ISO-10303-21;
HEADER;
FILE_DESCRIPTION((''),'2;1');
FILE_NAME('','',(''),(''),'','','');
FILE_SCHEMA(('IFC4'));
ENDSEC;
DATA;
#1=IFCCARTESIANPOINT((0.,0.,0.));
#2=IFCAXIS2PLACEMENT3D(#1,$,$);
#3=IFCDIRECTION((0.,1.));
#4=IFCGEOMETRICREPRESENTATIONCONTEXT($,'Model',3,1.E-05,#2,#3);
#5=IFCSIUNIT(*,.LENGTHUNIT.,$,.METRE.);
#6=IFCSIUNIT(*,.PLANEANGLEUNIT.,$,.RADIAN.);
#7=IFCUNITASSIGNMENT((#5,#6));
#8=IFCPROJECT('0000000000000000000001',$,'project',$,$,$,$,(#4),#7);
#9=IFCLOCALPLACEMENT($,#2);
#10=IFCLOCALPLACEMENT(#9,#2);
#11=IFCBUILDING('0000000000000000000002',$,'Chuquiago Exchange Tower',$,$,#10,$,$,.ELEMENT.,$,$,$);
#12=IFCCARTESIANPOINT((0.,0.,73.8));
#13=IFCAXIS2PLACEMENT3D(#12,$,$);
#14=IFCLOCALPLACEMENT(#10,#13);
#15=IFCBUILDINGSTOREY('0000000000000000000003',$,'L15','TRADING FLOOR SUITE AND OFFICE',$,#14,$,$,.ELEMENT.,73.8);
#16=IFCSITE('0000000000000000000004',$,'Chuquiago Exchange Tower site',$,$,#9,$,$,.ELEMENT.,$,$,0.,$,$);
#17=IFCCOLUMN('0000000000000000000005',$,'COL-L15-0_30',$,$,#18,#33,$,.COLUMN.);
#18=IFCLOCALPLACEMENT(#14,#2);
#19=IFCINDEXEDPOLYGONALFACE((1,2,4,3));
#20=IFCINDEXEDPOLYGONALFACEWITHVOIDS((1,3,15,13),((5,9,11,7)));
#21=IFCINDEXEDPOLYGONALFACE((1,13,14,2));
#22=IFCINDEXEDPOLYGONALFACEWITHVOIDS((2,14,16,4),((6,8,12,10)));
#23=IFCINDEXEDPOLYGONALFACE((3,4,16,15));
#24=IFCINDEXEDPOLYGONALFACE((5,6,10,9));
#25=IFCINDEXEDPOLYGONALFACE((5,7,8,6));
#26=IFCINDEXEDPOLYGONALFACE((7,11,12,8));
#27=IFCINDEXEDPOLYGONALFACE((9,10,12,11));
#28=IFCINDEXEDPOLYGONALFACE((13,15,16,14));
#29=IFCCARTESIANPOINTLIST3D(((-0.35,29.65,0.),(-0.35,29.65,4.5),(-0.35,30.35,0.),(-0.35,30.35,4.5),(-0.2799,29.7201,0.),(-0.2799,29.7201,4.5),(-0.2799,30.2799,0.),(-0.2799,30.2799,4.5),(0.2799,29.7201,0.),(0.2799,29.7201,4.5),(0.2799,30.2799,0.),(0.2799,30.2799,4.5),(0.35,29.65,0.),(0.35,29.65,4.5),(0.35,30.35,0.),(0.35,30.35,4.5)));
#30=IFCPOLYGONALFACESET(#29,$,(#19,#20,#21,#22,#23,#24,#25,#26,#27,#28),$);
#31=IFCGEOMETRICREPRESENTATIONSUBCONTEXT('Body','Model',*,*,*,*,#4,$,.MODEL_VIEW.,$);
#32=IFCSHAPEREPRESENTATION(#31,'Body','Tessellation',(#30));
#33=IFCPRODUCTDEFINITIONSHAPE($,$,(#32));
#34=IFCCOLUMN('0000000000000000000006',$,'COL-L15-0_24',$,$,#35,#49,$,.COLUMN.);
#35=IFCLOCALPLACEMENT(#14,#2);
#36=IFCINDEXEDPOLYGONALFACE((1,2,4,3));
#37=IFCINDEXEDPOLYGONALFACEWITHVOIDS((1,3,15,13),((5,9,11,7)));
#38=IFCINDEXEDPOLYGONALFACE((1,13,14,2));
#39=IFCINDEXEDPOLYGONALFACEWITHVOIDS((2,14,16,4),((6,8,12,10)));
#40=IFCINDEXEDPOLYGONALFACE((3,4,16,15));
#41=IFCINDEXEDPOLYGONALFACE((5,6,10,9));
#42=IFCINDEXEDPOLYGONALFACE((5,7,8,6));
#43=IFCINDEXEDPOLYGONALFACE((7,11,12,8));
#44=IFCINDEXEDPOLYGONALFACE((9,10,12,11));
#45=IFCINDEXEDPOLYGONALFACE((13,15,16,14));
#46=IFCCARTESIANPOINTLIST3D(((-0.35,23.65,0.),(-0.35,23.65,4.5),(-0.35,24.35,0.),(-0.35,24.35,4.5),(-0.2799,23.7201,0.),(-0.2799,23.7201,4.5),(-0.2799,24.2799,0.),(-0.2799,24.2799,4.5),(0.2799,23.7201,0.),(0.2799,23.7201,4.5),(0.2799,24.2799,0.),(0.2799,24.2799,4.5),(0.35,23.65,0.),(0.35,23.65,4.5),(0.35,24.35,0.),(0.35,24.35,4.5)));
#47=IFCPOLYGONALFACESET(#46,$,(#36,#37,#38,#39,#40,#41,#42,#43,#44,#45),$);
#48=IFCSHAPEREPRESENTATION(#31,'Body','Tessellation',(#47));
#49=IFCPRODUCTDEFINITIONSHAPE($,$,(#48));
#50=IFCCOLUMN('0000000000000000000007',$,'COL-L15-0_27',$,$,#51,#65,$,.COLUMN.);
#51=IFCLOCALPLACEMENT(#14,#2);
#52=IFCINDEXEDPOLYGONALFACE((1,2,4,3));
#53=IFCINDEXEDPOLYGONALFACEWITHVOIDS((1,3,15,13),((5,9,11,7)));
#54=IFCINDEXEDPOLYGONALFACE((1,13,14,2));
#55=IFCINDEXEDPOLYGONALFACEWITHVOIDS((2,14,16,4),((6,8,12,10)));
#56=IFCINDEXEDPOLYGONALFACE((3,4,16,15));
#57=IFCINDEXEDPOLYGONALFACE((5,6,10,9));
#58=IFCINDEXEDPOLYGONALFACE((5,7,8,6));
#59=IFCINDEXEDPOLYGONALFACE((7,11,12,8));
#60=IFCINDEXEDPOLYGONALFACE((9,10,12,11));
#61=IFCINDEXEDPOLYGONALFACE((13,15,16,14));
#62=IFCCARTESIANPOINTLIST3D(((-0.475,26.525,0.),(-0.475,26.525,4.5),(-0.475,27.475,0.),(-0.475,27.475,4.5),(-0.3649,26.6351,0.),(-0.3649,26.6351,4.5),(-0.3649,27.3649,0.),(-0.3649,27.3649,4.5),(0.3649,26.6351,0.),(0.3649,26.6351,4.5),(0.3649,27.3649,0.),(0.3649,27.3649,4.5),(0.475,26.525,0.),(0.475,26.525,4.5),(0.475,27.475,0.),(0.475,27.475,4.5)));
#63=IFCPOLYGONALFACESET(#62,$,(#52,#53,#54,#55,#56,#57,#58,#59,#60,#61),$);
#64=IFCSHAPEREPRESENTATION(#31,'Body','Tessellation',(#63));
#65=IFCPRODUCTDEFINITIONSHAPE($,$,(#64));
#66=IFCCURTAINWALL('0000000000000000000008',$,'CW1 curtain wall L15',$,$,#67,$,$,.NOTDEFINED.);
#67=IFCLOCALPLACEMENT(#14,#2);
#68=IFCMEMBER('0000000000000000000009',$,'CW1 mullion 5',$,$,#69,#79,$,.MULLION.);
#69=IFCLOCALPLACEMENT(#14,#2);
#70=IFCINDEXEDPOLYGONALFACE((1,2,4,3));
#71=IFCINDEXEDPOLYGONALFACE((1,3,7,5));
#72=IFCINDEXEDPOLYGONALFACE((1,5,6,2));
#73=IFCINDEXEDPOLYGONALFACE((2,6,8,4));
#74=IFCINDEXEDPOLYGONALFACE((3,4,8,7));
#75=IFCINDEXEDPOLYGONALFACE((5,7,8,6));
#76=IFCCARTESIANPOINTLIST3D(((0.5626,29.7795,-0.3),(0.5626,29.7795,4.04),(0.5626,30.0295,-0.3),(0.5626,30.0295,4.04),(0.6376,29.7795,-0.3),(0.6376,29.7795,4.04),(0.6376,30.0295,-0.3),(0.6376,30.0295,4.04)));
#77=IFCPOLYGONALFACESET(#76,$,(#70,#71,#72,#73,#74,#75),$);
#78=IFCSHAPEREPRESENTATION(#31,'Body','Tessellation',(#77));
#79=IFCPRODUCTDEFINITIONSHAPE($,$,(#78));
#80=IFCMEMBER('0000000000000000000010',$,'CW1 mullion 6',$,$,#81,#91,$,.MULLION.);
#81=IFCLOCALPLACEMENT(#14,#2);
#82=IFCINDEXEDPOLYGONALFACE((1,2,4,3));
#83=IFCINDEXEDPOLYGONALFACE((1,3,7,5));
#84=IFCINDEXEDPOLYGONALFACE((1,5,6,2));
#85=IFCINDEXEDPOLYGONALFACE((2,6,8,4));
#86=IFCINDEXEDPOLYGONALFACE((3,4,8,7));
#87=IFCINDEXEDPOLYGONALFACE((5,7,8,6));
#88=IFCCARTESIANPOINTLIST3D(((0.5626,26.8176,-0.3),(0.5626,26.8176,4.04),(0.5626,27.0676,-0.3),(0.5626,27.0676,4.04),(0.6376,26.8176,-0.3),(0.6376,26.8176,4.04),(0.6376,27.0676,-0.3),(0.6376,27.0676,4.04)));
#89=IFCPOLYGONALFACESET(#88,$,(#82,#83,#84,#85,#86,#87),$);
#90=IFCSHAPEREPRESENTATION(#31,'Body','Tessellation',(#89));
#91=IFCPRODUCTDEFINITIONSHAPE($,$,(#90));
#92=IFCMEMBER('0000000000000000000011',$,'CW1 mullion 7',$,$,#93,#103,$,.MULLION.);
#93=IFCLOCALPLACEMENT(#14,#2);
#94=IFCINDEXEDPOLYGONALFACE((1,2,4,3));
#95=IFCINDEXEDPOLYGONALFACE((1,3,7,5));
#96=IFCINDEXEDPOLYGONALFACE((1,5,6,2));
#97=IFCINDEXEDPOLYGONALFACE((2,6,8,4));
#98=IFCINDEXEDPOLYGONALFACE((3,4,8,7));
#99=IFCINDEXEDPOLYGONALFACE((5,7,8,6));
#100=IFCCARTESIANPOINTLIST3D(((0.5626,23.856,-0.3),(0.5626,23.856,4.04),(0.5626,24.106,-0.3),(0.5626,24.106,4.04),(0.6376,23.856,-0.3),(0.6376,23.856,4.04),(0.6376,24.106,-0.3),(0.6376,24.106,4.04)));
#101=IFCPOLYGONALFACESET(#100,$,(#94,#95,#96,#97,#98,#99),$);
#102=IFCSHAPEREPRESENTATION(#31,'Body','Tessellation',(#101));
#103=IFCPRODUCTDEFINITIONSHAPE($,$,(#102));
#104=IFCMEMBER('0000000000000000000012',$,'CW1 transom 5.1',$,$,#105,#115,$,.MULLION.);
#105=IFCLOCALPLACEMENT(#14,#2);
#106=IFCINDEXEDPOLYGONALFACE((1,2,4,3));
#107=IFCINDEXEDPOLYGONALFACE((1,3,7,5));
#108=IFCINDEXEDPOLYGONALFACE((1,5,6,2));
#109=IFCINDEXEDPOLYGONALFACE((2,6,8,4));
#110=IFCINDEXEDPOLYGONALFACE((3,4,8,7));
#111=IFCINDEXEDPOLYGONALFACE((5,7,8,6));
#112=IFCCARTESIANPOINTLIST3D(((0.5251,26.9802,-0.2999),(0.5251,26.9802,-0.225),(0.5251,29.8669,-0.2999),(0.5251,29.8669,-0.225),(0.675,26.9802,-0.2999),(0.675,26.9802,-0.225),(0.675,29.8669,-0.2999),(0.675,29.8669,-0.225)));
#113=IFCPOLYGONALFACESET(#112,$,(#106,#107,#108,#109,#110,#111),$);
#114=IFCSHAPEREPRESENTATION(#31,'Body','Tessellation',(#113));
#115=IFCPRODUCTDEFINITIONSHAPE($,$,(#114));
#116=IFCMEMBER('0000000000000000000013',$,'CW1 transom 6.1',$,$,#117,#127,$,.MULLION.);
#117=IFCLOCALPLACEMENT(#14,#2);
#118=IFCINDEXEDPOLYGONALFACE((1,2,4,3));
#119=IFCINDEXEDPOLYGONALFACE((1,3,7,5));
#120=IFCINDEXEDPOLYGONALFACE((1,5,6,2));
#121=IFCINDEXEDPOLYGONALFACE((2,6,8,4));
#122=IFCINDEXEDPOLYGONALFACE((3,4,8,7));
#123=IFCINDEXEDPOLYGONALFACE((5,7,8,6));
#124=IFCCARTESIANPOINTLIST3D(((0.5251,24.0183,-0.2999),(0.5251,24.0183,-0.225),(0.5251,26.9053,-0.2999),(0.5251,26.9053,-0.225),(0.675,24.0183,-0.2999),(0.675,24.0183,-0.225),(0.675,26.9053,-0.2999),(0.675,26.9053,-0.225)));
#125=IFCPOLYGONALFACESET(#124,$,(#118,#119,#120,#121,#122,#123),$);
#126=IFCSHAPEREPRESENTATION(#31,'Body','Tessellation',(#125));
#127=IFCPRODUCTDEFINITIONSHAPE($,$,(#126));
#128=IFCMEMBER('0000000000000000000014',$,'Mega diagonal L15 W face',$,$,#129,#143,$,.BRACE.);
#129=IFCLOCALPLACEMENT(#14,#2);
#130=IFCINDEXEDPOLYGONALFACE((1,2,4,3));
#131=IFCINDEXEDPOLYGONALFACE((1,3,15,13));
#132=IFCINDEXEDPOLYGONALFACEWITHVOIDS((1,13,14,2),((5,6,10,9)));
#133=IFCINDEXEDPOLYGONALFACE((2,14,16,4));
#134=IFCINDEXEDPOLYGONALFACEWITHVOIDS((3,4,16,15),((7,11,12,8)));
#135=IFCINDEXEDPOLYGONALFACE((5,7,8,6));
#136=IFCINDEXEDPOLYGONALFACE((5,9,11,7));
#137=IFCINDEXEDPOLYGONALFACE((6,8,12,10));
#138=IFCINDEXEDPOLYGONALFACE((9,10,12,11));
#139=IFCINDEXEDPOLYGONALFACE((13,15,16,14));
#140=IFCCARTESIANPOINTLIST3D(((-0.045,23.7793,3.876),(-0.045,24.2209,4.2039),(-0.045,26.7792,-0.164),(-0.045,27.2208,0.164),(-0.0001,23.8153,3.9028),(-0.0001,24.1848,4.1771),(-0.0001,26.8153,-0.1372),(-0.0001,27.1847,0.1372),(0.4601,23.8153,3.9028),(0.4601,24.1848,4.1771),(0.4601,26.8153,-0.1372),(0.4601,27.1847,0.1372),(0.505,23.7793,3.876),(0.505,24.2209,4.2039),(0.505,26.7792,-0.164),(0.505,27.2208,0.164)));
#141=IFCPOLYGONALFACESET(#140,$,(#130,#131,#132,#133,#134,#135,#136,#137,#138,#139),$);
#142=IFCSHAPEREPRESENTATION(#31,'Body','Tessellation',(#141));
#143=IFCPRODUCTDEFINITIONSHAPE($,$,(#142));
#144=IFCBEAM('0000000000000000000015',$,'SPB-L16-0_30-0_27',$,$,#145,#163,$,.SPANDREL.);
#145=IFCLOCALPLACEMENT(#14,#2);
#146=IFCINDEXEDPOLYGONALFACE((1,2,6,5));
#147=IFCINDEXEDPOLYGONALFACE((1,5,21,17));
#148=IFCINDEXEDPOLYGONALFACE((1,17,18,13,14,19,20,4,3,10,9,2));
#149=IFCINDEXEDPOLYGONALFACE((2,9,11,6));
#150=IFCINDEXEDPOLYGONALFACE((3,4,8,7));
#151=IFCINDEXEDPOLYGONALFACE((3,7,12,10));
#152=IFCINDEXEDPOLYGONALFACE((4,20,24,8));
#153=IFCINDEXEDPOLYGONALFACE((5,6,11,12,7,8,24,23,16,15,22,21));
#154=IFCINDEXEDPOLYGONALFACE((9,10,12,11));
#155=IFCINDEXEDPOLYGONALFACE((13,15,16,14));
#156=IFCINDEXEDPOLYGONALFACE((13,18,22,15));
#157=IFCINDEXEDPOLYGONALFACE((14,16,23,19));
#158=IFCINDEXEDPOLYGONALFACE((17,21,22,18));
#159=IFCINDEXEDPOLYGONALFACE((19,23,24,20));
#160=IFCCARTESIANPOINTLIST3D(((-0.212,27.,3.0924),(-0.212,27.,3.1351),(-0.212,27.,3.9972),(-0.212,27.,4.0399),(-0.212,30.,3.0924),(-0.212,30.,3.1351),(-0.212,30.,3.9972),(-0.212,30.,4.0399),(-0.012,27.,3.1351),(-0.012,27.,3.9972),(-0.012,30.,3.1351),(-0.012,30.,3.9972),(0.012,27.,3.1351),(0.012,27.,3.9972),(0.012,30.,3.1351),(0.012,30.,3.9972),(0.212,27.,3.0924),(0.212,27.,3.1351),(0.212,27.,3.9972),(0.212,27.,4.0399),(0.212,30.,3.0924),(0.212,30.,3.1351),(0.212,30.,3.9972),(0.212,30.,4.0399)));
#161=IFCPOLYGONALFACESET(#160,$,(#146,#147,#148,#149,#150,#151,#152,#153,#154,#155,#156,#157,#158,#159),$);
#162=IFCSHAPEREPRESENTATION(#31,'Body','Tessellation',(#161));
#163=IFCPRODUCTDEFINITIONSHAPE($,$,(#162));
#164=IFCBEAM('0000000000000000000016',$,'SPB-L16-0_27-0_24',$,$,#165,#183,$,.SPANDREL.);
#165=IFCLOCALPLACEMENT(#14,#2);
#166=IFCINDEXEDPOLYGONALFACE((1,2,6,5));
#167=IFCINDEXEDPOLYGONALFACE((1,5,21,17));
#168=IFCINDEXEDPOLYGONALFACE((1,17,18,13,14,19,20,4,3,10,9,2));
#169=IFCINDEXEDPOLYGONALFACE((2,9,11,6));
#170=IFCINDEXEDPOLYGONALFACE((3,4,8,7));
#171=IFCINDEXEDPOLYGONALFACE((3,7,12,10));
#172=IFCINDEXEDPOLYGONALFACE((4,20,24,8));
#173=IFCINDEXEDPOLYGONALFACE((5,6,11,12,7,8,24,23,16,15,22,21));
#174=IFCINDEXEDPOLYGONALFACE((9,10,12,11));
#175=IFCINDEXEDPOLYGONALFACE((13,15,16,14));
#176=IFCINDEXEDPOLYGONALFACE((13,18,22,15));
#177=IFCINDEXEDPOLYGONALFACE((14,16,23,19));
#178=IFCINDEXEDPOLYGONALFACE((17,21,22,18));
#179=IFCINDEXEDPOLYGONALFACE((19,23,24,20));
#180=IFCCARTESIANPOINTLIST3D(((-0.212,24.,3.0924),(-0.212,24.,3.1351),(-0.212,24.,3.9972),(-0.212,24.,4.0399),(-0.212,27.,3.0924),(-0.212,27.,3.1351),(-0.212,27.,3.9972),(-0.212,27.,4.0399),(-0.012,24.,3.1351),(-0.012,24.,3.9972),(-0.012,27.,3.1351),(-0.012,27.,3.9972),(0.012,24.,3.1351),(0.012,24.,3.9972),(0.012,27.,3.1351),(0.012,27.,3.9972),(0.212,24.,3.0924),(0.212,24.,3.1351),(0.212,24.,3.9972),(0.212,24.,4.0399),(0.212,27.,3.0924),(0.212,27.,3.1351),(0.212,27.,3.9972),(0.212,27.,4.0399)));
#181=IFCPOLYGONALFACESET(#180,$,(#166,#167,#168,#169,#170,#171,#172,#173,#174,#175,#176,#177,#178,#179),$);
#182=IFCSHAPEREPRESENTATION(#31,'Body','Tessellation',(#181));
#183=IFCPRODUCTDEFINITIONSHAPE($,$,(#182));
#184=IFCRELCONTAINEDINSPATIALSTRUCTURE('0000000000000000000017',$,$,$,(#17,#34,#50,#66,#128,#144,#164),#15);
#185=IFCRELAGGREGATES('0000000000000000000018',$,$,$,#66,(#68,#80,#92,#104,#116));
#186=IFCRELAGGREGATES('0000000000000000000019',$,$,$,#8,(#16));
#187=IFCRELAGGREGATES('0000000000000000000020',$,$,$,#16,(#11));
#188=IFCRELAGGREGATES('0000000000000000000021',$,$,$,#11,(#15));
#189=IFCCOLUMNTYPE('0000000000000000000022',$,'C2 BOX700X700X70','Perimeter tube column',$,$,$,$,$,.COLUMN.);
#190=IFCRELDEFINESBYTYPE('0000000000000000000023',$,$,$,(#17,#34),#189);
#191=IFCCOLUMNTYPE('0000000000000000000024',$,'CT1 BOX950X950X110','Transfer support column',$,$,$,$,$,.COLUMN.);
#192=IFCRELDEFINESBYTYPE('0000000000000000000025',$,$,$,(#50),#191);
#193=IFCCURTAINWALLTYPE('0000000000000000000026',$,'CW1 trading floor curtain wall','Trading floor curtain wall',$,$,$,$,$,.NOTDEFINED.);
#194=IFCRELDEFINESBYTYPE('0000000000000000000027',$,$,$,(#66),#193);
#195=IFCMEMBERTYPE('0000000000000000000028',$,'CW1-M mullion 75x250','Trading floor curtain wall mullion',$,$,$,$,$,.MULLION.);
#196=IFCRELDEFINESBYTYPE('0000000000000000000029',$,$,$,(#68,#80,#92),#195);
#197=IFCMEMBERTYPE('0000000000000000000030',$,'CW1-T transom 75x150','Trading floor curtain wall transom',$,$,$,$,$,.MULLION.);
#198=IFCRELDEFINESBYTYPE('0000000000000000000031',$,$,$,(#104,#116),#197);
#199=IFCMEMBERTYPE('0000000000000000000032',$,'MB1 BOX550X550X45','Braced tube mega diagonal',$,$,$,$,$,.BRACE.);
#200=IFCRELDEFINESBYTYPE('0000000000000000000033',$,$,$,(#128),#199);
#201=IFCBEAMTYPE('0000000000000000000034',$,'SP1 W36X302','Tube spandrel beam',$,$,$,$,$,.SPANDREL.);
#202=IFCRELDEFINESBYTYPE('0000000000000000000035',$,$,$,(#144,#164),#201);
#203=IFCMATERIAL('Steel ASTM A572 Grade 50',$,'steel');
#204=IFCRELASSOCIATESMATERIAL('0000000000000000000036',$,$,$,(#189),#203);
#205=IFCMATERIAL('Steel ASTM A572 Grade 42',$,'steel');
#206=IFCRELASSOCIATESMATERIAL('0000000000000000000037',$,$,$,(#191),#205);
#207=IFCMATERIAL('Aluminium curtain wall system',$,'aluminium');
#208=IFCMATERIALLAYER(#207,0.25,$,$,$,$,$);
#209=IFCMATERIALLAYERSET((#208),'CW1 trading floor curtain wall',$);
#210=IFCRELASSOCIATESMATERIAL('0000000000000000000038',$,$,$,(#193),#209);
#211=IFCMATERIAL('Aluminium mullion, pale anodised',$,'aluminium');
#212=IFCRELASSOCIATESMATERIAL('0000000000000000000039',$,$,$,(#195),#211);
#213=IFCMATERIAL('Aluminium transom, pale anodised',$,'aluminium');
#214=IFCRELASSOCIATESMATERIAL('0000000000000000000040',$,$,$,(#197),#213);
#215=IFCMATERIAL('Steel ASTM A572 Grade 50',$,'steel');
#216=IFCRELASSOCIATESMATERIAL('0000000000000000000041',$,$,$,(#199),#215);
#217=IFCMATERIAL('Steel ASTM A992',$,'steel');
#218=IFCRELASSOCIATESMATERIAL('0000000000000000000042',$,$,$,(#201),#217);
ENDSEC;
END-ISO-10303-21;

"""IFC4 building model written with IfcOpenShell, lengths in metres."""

from ifc_helpers import new_model, si_unit, direction, frame, origin, origin_2d, place, context, subcontext, project, spatial, rectangle, hollow_rectangle, i_section, extrude, material, layer, layer_set, material_profile, profile_set, type_object, element, aggregate, save


model = new_model("IFC4")

# Units and contexts
model_context = context("Model", 3, precision=1e-05, world=origin(), true_north=direction((0.0, 1.0)))
body_context = subcontext(model_context, "Body", "Model", "MODEL_VIEW")
ifc_project = project(units=[si_unit("LENGTHUNIT", "METRE"), si_unit("PLANEANGLEUNIT", "RADIAN")], contexts=[model_context])

# Site, building, storey
site_placement = place(None, origin())
site = spatial("IfcSite", under=ifc_project, at=site_placement, Name="Chuquiago Exchange Tower site", CompositionType="ELEMENT", RefElevation=0.0)
building_placement = place(site_placement, origin())
building = spatial("IfcBuilding", under=site, at=building_placement, Name="Chuquiago Exchange Tower", CompositionType="ELEMENT")
storey_placement = place(building_placement, frame((0.0, 0.0, 73.8)))
storey = spatial("IfcBuildingStorey", under=building, at=storey_placement, Name="L15", Description="TRADING FLOOR SUITE AND OFFICE", CompositionType="ELEMENT", Elevation=73.8)

# Columns
ifc_material_1 = material(Name="Steel ASTM A572 Grade 50", Category="steel")
ifc_material_profile_1 = material_profile(ifc_material_1, hollow_rectangle(XDim=0.7, YDim=0.7, WallThickness=0.0701, at=origin_2d()), Name="BOX700X700X70")
ifc_profile_set_1 = profile_set([ifc_material_profile_1], Name="Steel ASTM A572 Grade 50")
column_type_1 = type_object("IfcColumnType", Name="C2 BOX700X700X70", Description="Perimeter tube column", PredefinedType="COLUMN", material=ifc_profile_set_1)
for number, where, z_axis, x_axis, name in (
    (1, (0.0, 30.0, 0.0), (0.0, 0.0, 1.0), (-1.0, 0.0, 0.0), "COL-L15-0_30"),
    (2, (0.0, 24.0, 0.0), (0.0, 0.0, 1.0), (-1.0, 0.0, 0.0), "COL-L15-0_24"),
):
    element("IfcColumn", number, at=place(storey_placement, frame(where, z_axis=z_axis, x_axis=x_axis)), inside=storey, type_object=column_type_1, Name=name, PredefinedType="COLUMN", context=body_context, shape_type="SweptSolid", body=[
        extrude(hollow_rectangle(XDim=0.7, YDim=0.7, WallThickness=0.0701, at=origin_2d()), origin(), (0.0, 0.0, 1.0), 4.5),
    ])
ifc_material_2 = material(Name="Steel ASTM A572 Grade 42", Category="steel")
ifc_material_profile_2 = material_profile(ifc_material_2, hollow_rectangle(XDim=0.95, YDim=0.95, WallThickness=0.1101, at=origin_2d()), Name="BOX950X950X110")
ifc_profile_set_2 = profile_set([ifc_material_profile_2], Name="Steel ASTM A572 Grade 42")
column_type_2 = type_object("IfcColumnType", Name="CT1 BOX950X950X110", Description="Transfer support column", PredefinedType="COLUMN", material=ifc_profile_set_2)
column_placement = place(storey_placement, frame((0.0, 27.0, 0.0), z_axis=(0.0, 0.0, 1.0), x_axis=(-1.0, 0.0, 0.0)))
element("IfcColumn", 3, at=column_placement, inside=storey, type_object=column_type_2, Name="COL-L15-0_27", PredefinedType="COLUMN", context=body_context, shape_type="SweptSolid", body=[
    extrude(hollow_rectangle(XDim=0.95, YDim=0.95, WallThickness=0.1101, at=origin_2d()), origin(), (0.0, 0.0, 1.0), 4.5),
])

# Curtain wall, members
ifc_material_3 = material(Name="Aluminium curtain wall system", Category="aluminium")
ifc_layer_1 = layer(ifc_material_3, 0.25)
ifc_layer_set_1 = layer_set([ifc_layer_1], Name="CW1 trading floor curtain wall")
curtain_wall_type = type_object("IfcCurtainWallType", Name="CW1 trading floor curtain wall", Description="Trading floor curtain wall", PredefinedType="NOTDEFINED", material=ifc_layer_set_1)
curtain_wall_placement = place(storey_placement, origin())
curtain_wall = element("IfcCurtainWall", 4, at=curtain_wall_placement, inside=storey, type_object=curtain_wall_type, Name="CW1 curtain wall L15", PredefinedType="NOTDEFINED")
ifc_material_4 = material(Name="Aluminium mullion, pale anodised", Category="aluminium")
ifc_material_profile_3 = material_profile(ifc_material_4, rectangle(XDim=0.075, YDim=0.25, at=origin_2d()), Name="AL 75x250")
ifc_profile_set_3 = profile_set([ifc_material_profile_3], Name="Aluminium mullion, pale anodised")
member_type_1 = type_object("IfcMemberType", Name="CW1-M mullion 75x250", Description="Trading floor curtain wall mullion", PredefinedType="MULLION", material=ifc_profile_set_3)
member_1_placement = place(storey_placement, frame((0.6001, 29.9045, -0.3), z_axis=(0.0, 0.0, 1.0), x_axis=(1.0, 0.0, 0.0)))
member_1 = element("IfcMember", 5, at=member_1_placement, type_object=member_type_1, Name="CW1 mullion 5", PredefinedType="MULLION", context=body_context, shape_type="SweptSolid", body=[
    extrude(rectangle(XDim=0.075, YDim=0.25, at=origin_2d()), origin(), (0.0, 0.0, 1.0), 4.3401),
])
member_2_placement = place(storey_placement, frame((0.6001, 26.9426, -0.3), z_axis=(0.0, 0.0, 1.0), x_axis=(1.0, 0.0, 0.0)))
member_2 = element("IfcMember", 6, at=member_2_placement, type_object=member_type_1, Name="CW1 mullion 6", PredefinedType="MULLION", context=body_context, shape_type="SweptSolid", body=[
    extrude(rectangle(XDim=0.075, YDim=0.25, at=origin_2d()), origin(), (0.0, 0.0, 1.0), 4.3401),
])
member_3_placement = place(storey_placement, frame((0.6001, 23.981, -0.3), z_axis=(0.0, 0.0, 1.0), x_axis=(1.0, 0.0, 0.0)))
member_3 = element("IfcMember", 7, at=member_3_placement, type_object=member_type_1, Name="CW1 mullion 7", PredefinedType="MULLION", context=body_context, shape_type="SweptSolid", body=[
    extrude(rectangle(XDim=0.075, YDim=0.25, at=origin_2d()), origin(), (0.0, 0.0, 1.0), 4.3401),
])
ifc_material_5 = material(Name="Aluminium transom, pale anodised", Category="aluminium")
ifc_material_profile_4 = material_profile(ifc_material_5, rectangle(XDim=0.1499, YDim=0.075, at=origin_2d()), Name="AL 150x75")
ifc_profile_set_4 = profile_set([ifc_material_profile_4], Name="Aluminium transom, pale anodised")
member_type_2 = type_object("IfcMemberType", Name="CW1-T transom 75x150", Description="Trading floor curtain wall transom", PredefinedType="MULLION", material=ifc_profile_set_4)
member_4_placement = place(storey_placement, frame((0.6001, 29.8669, -0.2625), z_axis=(0.0, -1.0, 0.0), x_axis=(1.0, 0.0, 0.0)))
member_4 = element("IfcMember", 8, at=member_4_placement, type_object=member_type_2, Name="CW1 transom 5.1", PredefinedType="MULLION", context=body_context, shape_type="SweptSolid", body=[
    extrude(rectangle(XDim=0.1499, YDim=0.075, at=origin_2d()), origin(), (0.0, 0.0, 1.0), 2.8867),
])
member_5_placement = place(storey_placement, frame((0.6001, 26.9053, -0.2625), z_axis=(0.0, -1.0, 0.0), x_axis=(1.0, 0.0, 0.0)))
member_5 = element("IfcMember", 9, at=member_5_placement, type_object=member_type_2, Name="CW1 transom 6.1", PredefinedType="MULLION", context=body_context, shape_type="SweptSolid", body=[
    extrude(rectangle(XDim=0.1499, YDim=0.075, at=origin_2d()), origin(), (0.0, 0.0, 1.0), 2.887),
])

# Member
ifc_material_6 = material(Name="Steel ASTM A572 Grade 50", Category="steel")
ifc_material_profile_5 = material_profile(ifc_material_6, hollow_rectangle(XDim=0.55, YDim=0.55, WallThickness=0.0449, at=origin_2d()), Name="BOX550X550X45")
ifc_profile_set_5 = profile_set([ifc_material_profile_5], Name="Steel ASTM A572 Grade 50")
member_type_3 = type_object("IfcMemberType", Name="MB1 BOX550X550X45", Description="Braced tube mega diagonal", PredefinedType="BRACE", material=ifc_profile_set_5)
member_6_placement = place(storey_placement, frame((0.23, 27.0, 0.0), z_axis=(0.0, -0.596174, 0.802855), x_axis=(1.0, 0.0, 0.0)))
element("IfcMember", 10, at=member_6_placement, inside=storey, type_object=member_type_3, Name="Mega diagonal L15 W face", PredefinedType="BRACE", context=body_context, shape_type="SweptSolid", body=[
    extrude(hollow_rectangle(XDim=0.55, YDim=0.55, WallThickness=0.0449, at=origin_2d()), origin(), (0.0, 0.0, 1.0), 5.032),
])

# Beams
ifc_material_7 = material(Name="Steel ASTM A992", Category="steel")
ifc_material_profile_6 = material_profile(ifc_material_7, i_section(OverallWidth=0.4241, OverallDepth=0.9475, WebThickness=0.0239, FlangeThickness=0.0427, at=origin_2d()), Name="W36X302")
ifc_profile_set_6 = profile_set([ifc_material_profile_6], Name="Steel ASTM A992")
beam_type = type_object("IfcBeamType", Name="SP1 W36X302", Description="Tube spandrel beam", PredefinedType="SPANDREL", material=ifc_profile_set_6)
for number, where, z_axis, x_axis, name in (
    (11, (0.0, 30.0, 3.5662), (0.0, -1.0, 0.0), (1.0, 0.0, 0.0), "SPB-L16-0_30-0_27"),
    (12, (0.0, 27.0, 3.5662), (0.0, -1.0, 0.0), (1.0, 0.0, 0.0), "SPB-L16-0_27-0_24"),
):
    element("IfcBeam", number, at=place(storey_placement, frame(where, z_axis=z_axis, x_axis=x_axis)), inside=storey, type_object=beam_type, Name=name, PredefinedType="SPANDREL", context=body_context, shape_type="SweptSolid", body=[
        extrude(i_section(OverallWidth=0.4241, OverallDepth=0.9475, WebThickness=0.0239, FlangeThickness=0.0427, at=origin_2d()), origin(), (0.0, 0.0, 1.0), 3.0),
    ])

aggregate(curtain_wall, [member_1, member_2, member_3, member_4, member_5])

save(model, "model.ifc")
